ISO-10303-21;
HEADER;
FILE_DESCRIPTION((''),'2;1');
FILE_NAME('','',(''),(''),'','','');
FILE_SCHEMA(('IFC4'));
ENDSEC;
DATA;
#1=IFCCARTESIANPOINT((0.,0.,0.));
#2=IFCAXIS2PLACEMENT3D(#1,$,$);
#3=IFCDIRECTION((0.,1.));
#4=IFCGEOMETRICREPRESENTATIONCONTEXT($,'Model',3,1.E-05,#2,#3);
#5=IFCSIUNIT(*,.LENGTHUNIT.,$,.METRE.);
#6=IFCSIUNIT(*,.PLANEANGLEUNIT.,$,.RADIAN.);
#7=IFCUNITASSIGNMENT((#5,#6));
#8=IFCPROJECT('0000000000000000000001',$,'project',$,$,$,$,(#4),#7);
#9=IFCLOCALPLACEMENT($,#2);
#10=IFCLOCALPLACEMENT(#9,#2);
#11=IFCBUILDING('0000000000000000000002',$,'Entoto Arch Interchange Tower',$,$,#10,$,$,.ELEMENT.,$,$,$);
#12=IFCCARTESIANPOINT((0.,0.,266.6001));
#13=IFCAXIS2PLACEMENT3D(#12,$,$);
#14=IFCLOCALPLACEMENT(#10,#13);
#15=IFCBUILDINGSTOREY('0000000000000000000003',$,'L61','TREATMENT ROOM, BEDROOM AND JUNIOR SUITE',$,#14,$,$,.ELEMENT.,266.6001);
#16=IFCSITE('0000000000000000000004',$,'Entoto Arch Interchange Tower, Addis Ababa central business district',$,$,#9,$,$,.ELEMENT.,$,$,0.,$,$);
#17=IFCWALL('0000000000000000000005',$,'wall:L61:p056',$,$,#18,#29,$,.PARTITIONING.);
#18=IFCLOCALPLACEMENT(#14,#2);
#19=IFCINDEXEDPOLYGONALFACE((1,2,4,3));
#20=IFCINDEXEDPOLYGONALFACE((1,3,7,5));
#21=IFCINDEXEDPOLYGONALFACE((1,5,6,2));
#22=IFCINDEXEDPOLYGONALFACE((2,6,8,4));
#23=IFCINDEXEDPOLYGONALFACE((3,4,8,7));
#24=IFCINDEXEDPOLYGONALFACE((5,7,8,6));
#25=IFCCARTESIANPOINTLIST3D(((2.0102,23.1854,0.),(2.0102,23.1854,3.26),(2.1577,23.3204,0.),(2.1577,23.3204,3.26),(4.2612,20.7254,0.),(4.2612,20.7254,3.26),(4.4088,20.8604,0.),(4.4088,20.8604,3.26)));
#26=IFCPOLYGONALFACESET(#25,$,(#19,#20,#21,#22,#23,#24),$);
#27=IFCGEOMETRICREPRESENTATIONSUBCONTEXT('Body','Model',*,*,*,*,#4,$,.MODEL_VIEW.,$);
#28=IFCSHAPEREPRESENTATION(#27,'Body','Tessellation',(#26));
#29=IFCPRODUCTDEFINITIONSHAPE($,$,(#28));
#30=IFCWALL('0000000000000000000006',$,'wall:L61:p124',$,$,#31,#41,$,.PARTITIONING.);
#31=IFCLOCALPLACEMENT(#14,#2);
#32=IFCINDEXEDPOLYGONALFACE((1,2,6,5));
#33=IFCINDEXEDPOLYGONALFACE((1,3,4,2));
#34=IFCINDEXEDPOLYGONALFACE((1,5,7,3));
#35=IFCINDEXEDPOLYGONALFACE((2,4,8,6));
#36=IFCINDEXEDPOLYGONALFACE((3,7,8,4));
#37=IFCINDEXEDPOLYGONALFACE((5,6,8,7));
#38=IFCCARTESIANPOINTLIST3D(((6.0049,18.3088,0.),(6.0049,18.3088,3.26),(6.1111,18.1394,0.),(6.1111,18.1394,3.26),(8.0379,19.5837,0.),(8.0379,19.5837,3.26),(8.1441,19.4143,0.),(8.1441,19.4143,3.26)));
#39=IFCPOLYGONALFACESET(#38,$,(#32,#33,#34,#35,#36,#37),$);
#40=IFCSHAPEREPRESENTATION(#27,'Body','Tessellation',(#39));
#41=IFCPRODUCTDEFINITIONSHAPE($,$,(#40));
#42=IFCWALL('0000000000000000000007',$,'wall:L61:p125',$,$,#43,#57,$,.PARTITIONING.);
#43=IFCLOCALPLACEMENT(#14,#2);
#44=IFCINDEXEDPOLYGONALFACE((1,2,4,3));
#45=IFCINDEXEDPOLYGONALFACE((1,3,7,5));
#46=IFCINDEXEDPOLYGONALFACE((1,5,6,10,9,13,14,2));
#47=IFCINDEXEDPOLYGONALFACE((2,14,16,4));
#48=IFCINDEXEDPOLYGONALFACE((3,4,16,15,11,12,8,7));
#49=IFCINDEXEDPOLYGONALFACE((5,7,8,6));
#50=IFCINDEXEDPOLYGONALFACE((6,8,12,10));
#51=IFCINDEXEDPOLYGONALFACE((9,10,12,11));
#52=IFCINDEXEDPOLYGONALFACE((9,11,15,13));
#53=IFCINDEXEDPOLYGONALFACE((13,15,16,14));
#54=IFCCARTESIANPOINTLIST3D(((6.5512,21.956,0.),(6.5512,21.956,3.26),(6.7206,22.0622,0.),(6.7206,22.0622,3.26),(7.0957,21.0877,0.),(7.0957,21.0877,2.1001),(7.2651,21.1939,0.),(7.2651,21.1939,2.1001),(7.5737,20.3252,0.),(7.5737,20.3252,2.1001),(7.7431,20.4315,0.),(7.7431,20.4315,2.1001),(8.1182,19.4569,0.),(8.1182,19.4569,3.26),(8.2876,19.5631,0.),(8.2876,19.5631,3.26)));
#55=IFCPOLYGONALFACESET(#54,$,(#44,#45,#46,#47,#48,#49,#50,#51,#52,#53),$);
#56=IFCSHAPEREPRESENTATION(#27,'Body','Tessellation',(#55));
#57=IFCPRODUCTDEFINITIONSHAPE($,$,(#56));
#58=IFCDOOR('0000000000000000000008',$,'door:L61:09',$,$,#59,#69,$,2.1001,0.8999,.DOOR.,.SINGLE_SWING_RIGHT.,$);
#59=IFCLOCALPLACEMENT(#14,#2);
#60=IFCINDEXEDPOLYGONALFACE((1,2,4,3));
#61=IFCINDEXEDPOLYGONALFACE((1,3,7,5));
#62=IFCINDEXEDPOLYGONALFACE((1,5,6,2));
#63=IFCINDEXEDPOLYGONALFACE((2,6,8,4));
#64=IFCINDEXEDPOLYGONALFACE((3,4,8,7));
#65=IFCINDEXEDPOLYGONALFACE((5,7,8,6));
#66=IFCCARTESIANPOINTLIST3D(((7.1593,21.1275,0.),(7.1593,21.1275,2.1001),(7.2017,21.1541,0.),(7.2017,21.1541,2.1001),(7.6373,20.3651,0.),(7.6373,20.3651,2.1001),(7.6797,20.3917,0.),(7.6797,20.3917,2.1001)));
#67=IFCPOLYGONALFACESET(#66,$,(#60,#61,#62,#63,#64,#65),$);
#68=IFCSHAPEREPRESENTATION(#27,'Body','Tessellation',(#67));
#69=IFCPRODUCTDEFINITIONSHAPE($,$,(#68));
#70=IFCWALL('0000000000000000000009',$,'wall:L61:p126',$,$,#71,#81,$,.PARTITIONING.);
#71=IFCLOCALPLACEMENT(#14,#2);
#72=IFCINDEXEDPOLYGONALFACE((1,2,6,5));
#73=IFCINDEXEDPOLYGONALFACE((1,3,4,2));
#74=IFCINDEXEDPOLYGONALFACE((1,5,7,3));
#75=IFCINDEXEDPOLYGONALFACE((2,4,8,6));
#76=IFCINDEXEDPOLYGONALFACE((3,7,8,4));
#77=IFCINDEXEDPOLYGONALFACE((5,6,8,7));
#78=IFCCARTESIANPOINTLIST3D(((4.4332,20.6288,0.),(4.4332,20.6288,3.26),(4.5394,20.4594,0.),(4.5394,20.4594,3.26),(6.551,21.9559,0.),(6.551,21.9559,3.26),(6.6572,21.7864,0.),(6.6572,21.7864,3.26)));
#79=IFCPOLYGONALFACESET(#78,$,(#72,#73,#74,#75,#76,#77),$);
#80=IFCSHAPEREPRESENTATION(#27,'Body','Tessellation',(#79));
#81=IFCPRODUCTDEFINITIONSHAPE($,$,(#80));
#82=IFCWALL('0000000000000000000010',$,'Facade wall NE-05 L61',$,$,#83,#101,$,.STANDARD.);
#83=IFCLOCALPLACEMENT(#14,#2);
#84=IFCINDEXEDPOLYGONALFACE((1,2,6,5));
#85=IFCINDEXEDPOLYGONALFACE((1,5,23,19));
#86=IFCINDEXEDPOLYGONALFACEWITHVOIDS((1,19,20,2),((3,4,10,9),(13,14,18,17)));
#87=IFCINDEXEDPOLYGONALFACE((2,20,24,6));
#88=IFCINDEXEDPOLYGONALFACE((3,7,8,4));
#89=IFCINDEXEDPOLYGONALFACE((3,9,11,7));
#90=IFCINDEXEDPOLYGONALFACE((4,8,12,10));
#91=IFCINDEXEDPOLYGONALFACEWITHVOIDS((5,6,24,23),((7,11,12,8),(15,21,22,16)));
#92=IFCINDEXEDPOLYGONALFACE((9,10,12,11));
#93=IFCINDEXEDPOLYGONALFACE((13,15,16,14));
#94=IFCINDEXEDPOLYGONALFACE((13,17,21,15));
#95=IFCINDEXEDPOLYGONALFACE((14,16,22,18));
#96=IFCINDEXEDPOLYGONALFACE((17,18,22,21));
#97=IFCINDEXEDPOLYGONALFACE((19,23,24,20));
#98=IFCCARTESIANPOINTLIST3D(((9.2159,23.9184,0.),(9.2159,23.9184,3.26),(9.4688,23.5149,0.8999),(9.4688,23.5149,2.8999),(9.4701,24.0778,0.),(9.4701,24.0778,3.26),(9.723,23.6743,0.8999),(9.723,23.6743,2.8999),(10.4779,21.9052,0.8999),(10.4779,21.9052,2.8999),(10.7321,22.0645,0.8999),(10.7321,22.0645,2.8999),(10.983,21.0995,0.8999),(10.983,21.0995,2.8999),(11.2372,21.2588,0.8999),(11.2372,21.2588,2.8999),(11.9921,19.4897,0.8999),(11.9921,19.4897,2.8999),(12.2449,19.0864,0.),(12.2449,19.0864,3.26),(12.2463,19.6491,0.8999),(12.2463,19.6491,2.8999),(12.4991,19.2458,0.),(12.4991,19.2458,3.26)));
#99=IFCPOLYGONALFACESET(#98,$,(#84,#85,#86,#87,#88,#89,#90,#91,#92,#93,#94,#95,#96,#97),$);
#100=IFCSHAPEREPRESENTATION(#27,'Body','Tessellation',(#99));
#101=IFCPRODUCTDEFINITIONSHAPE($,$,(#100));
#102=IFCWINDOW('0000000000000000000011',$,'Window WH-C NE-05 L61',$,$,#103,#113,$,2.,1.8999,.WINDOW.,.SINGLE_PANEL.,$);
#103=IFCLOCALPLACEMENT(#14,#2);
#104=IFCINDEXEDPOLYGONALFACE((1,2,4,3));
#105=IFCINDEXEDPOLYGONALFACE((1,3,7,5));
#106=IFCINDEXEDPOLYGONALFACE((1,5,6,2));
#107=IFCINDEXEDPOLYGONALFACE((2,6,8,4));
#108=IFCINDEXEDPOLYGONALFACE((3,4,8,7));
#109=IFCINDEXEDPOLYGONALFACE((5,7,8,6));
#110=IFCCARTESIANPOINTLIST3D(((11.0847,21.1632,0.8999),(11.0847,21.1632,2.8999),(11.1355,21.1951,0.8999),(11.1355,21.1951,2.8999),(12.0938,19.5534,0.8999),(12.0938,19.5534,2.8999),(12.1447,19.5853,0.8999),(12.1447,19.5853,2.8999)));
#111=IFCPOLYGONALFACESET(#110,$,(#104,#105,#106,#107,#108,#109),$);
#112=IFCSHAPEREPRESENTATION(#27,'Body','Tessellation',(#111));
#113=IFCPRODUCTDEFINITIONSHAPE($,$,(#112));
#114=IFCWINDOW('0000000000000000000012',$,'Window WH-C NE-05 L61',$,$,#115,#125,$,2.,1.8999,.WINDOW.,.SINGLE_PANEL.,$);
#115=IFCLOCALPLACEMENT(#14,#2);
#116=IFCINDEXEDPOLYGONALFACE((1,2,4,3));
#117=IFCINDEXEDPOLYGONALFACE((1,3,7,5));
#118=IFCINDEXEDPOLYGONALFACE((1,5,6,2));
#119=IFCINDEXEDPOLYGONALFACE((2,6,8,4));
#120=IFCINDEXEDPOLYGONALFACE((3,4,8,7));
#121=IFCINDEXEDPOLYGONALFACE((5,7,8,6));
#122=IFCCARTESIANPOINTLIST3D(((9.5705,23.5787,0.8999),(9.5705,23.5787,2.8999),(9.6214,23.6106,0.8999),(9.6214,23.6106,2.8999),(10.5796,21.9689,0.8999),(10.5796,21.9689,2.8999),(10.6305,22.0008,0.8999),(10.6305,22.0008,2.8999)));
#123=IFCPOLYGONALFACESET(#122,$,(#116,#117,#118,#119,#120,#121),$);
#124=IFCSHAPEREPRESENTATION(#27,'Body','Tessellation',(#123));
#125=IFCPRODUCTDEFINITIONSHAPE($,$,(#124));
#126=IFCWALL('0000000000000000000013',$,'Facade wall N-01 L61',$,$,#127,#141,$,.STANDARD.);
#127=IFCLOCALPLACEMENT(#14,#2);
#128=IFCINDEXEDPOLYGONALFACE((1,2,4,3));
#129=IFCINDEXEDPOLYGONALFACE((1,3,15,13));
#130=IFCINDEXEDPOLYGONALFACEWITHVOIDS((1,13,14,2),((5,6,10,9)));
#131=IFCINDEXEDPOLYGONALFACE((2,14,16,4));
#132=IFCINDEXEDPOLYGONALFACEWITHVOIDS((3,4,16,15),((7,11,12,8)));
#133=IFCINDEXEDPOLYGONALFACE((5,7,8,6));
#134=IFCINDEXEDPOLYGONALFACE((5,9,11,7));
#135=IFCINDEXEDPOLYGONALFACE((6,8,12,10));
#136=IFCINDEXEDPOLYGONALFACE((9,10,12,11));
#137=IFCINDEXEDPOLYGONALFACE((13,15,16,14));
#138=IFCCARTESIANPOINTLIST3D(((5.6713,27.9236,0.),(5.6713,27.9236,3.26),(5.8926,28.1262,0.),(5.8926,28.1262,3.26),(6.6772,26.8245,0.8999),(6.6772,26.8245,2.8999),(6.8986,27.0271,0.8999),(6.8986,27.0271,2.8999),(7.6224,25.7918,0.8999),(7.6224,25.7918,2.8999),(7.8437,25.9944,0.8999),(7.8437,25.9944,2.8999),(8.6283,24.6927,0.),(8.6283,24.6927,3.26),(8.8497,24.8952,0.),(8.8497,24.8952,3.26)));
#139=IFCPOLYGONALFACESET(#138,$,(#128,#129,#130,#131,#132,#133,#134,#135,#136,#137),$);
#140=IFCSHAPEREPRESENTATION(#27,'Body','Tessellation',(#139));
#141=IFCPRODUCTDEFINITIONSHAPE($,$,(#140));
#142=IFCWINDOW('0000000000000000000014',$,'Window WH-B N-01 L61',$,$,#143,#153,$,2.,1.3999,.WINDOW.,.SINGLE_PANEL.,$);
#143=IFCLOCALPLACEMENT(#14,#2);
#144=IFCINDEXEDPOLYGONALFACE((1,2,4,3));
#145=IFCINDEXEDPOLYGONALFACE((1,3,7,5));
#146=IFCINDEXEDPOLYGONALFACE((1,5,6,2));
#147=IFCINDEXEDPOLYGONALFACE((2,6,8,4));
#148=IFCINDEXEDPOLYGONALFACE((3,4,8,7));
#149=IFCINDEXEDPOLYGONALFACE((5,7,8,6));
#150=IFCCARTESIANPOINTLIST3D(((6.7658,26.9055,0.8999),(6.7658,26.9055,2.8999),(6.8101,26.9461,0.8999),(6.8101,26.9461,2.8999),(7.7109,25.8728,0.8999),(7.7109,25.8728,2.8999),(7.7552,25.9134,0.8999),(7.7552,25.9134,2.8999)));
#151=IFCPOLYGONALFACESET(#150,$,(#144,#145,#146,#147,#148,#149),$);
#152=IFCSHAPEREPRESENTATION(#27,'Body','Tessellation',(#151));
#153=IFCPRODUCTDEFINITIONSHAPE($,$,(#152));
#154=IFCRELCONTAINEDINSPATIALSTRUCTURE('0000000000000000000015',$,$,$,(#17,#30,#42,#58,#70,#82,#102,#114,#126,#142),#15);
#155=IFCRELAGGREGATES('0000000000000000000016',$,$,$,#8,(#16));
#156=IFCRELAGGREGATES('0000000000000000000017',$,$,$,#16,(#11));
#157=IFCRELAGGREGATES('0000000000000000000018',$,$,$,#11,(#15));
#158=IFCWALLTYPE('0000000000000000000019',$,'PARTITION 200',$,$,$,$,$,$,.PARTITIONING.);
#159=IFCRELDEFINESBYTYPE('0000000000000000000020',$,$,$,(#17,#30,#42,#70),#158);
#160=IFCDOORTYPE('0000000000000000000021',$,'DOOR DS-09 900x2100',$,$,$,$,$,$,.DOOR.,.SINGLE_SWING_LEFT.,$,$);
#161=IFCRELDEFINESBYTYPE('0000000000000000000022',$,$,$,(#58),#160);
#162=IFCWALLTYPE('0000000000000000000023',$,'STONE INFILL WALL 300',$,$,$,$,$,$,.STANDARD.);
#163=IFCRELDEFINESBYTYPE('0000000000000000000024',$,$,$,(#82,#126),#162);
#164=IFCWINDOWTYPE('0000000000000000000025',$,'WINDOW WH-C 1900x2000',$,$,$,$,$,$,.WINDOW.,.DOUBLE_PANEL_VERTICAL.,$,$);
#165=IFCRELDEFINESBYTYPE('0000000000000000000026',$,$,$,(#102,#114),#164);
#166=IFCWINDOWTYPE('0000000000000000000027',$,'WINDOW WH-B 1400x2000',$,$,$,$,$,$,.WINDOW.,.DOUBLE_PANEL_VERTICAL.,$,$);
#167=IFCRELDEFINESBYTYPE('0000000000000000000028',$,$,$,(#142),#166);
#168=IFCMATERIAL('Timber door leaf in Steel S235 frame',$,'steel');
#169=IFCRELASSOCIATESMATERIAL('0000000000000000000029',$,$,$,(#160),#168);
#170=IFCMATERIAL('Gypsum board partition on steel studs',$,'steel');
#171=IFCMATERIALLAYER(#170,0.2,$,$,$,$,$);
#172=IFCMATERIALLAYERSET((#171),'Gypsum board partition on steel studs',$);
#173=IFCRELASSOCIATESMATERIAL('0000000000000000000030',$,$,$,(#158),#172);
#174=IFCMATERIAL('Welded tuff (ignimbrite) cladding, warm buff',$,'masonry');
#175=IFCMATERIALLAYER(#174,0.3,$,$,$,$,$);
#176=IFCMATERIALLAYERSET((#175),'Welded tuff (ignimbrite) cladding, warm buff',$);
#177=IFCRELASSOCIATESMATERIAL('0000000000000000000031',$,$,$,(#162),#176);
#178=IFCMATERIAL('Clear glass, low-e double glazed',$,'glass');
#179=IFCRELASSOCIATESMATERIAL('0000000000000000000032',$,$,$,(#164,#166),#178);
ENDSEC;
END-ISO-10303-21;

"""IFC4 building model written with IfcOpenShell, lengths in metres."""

from ifc_helpers import new_model, si_unit, direction, frame, frame_2d, origin, place, context, subcontext, project, spatial, rectangle, extrude, material, layer, layer_set, type_object, element, fill, save


model = new_model("IFC4")

# Units and contexts
model_context = context("Model", 3, precision=1e-05, world=origin(), true_north=direction((0.0, 1.0)))
body_context = subcontext(model_context, "Body", "Model", "MODEL_VIEW")
ifc_project = project(units=[si_unit("LENGTHUNIT", "METRE"), si_unit("PLANEANGLEUNIT", "RADIAN")], contexts=[model_context])

# Site, building, storey
site_placement = place(None, origin())
site = spatial("IfcSite", under=ifc_project, at=site_placement, Name="Entoto Arch Interchange Tower, Addis Ababa central business district", CompositionType="ELEMENT", RefElevation=0.0)
building_placement = place(site_placement, origin())
building = spatial("IfcBuilding", under=site, at=building_placement, Name="Entoto Arch Interchange Tower", CompositionType="ELEMENT")
storey_placement = place(building_placement, frame((0.0, 0.0, 266.6001)))
storey = spatial("IfcBuildingStorey", under=building, at=storey_placement, Name="L61", Description="TREATMENT ROOM, BEDROOM AND JUNIOR SUITE", CompositionType="ELEMENT", Elevation=266.6001)

# Shared definitions
ifc_material_1 = material(Name="Gypsum board partition on steel studs", Category="steel")
ifc_material_2 = material(Name="Timber door leaf in Steel S235 frame", Category="steel")
door_type_1 = type_object("IfcDoorType", Name="DOOR DS-09 900x2100", OperationType="SINGLE_SWING_LEFT", PredefinedType="DOOR", material=ifc_material_2)

# Shared definitions
ifc_layer_1 = layer(ifc_material_1, 0.2)
ifc_layer_set_1 = layer_set([ifc_layer_1], Name="Gypsum board partition on steel studs")
wall_type_1 = type_object("IfcWallType", Name="PARTITION 200", PredefinedType="PARTITIONING", material=ifc_layer_set_1)

# Walls
wall_1_placement = place(storey_placement, frame((2.084, 23.2529, 0.0), z_axis=(0.0, 0.0, 1.0), x_axis=(0.675075, -0.73775, 0.0)))
element("IfcWall", 1, at=wall_1_placement, inside=storey, type_object=wall_type_1, Name="wall:L61:p056", PredefinedType="PARTITIONING", context=body_context, shape_type="SweptSolid", body=[
    extrude(rectangle(XDim=3.3345, YDim=0.2, at=frame_2d((1.6672, 0.0))), origin(), (0.0, 0.0, 1.0), 3.26),
])
wall_2_placement = place(storey_placement, frame((6.0581, 18.2241, 0.0), z_axis=(0.0, 0.0, 1.0), x_axis=(0.847191, 0.531288, 0.0)))
element("IfcWall", 2, at=wall_2_placement, inside=storey, type_object=wall_type_1, Name="wall:L61:p124", PredefinedType="PARTITIONING", context=body_context, shape_type="SweptSolid", body=[
    extrude(rectangle(XDim=2.3997, YDim=0.2, at=frame_2d((1.1997, 0.0))), origin(), (0.0, 0.0, 1.0), 3.26),
])

# Wall, opening, door
wall_3_placement = place(storey_placement, frame((8.2029, 19.51, 0.0), z_axis=(0.0, 0.0, 1.0), x_axis=(-0.531219, 0.847235, 0.0)))
wall_3 = element("IfcWall", 3, at=wall_3_placement, inside=storey, type_object=wall_type_1, Name="wall:L61:p125", PredefinedType="PARTITIONING", context=body_context, shape_type="SweptSolid", body=[
    extrude(rectangle(XDim=2.9497, YDim=0.2, at=frame_2d((1.4749, 0.0))), origin(), (0.0, 0.0, 1.0), 3.26),
])
opening_1_placement = place(wall_3_placement, frame((1.0249, 0.0, 0.0)))
opening_1 = element("IfcOpeningElement", 4, at=opening_1_placement, cuts=wall_3, PredefinedType="OPENING", context=body_context, shape_type="SweptSolid", body=[
    extrude(rectangle(XDim=0.8999, YDim=2.1001, at=frame_2d((0.45, 1.05))), frame((0.0, 0.1099, 0.0), z_axis=(0.0, -1.0, 0.0), x_axis=(1.0, 0.0, 0.0)), (0.0, 0.0, 1.0), 0.22),
])
door_1_placement = place(opening_1_placement, origin())
door_1 = element("IfcDoor", 5, at=door_1_placement, inside=storey, type_object=door_type_1, Name="door:L61:09", OperationType="SINGLE_SWING_RIGHT", OverallHeight=2.1001, OverallWidth=0.8999, PredefinedType="DOOR", context=body_context, shape_type="SweptSolid", body=[
    extrude(rectangle(XDim=0.8999, YDim=2.1001, at=frame_2d((0.45, 1.05))), frame((0.0, 0.0249, 0.0), z_axis=(0.0, -1.0, 0.0), x_axis=(1.0, 0.0, 0.0)), (0.0, 0.0, 1.0), 0.05),
])
fill(opening_1, door_1)

# Wall
wall_4_placement = place(storey_placement, frame((6.604, 21.8711, 0.0), z_axis=(0.0, 0.0, 1.0), x_axis=(-0.847378, -0.530991, 0.0)))
element("IfcWall", 6, at=wall_4_placement, inside=storey, type_object=wall_type_1, Name="wall:L61:p126", PredefinedType="PARTITIONING", context=body_context, shape_type="SweptSolid", body=[
    extrude(rectangle(XDim=2.4993, YDim=0.2, at=frame_2d((1.2495, 0.0))), origin(), (0.0, 0.0, 1.0), 3.26),
])

# Wall, openings, windows
ifc_material_3 = material(Name="Welded tuff (ignimbrite) cladding, warm buff", Category="masonry")
ifc_layer_2 = layer(ifc_material_3, 0.3)
ifc_layer_set_2 = layer_set([ifc_layer_2], Name="Welded tuff (ignimbrite) cladding, warm buff")
wall_type_2 = type_object("IfcWallType", Name="STONE INFILL WALL 300", PredefinedType="STANDARD", material=ifc_layer_set_2)
wall_5_placement = place(storey_placement, frame((12.3721, 19.166, 0.0), z_axis=(0.0, 0.0, 1.0), x_axis=(-0.531137, 0.847286, 0.0)))
wall_5 = element("IfcWall", 7, at=wall_5_placement, inside=storey, type_object=wall_type_2, Name="Facade wall NE-05 L61", PredefinedType="STANDARD", context=body_context, shape_type="SweptSolid", body=[
    extrude(rectangle(XDim=5.7029, YDim=0.3, at=frame_2d((2.8516, 0.0))), origin(), (0.0, 0.0, 1.0), 3.26),
])
opening_2_placement = place(wall_5_placement, frame((0.4761, 0.0, 0.8999)))
opening_2 = element("IfcOpeningElement", 8, at=opening_2_placement, cuts=wall_5, PredefinedType="OPENING", context=body_context, shape_type="SweptSolid", body=[
    extrude(rectangle(XDim=1.8999, YDim=2.0, at=frame_2d((0.95, 1.0))), frame((0.0, 0.1602, 0.0), z_axis=(0.0, -1.0, 0.0), x_axis=(1.0, 0.0, 0.0)), (0.0, 0.0, 1.0), 0.3201),
])
opening_3_placement = place(wall_5_placement, frame((3.3269, 0.0, 0.8999)))
opening_3 = element("IfcOpeningElement", 9, at=opening_3_placement, cuts=wall_5, PredefinedType="OPENING", context=body_context, shape_type="SweptSolid", body=[
    extrude(rectangle(XDim=1.8999, YDim=2.0, at=frame_2d((0.95, 1.0))), frame((0.0, 0.1602, 0.0), z_axis=(0.0, -1.0, 0.0), x_axis=(1.0, 0.0, 0.0)), (0.0, 0.0, 1.0), 0.3201),
])
ifc_material_4 = material(Name="Clear glass, low-e double glazed", Category="glass")
window_type_1 = type_object("IfcWindowType", Name="WINDOW WH-C 1900x2000", PartitioningType="DOUBLE_PANEL_VERTICAL", PredefinedType="WINDOW", material=ifc_material_4)
window_1_placement = place(opening_2_placement, origin())
window_1 = element("IfcWindow", 10, at=window_1_placement, inside=storey, type_object=window_type_1, Name="Window WH-C NE-05 L61", OverallHeight=2.0, OverallWidth=1.8999, PartitioningType="SINGLE_PANEL", PredefinedType="WINDOW", context=body_context, shape_type="SweptSolid", body=[
    extrude(rectangle(XDim=1.8999, YDim=2.0, at=frame_2d((0.95, 1.0))), frame((0.0, 0.03, 0.0), z_axis=(0.0, -1.0, 0.0), x_axis=(1.0, 0.0, 0.0)), (0.0, 0.0, 1.0), 0.0601),
])
fill(opening_2, window_1)
window_2_placement = place(opening_3_placement, origin())
window_2 = element("IfcWindow", 11, at=window_2_placement, inside=storey, type_object=window_type_1, Name="Window WH-C NE-05 L61", OverallHeight=2.0, OverallWidth=1.8999, PartitioningType="SINGLE_PANEL", PredefinedType="WINDOW", context=body_context, shape_type="SweptSolid", body=[
    extrude(rectangle(XDim=1.8999, YDim=2.0, at=frame_2d((0.95, 1.0))), frame((0.0, 0.03, 0.0), z_axis=(0.0, -1.0, 0.0), x_axis=(1.0, 0.0, 0.0)), (0.0, 0.0, 1.0), 0.0601),
])
fill(opening_3, window_2)

# Wall, opening, window
wall_6_placement = place(storey_placement, frame((8.739, 24.7939, 0.0), z_axis=(0.0, 0.0, 1.0), x_axis=(-0.675144, 0.737686, 0.0)))
wall_6 = element("IfcWall", 12, at=wall_6_placement, inside=storey, type_object=wall_type_2, Name="Facade wall N-01 L61", PredefinedType="STANDARD", context=body_context, shape_type="SweptSolid", body=[
    extrude(rectangle(XDim=4.3799, YDim=0.3, at=frame_2d((2.1899, 0.0))), origin(), (0.0, 0.0, 1.0), 3.26),
])
opening_4_placement = place(wall_6_placement, frame((1.49, 0.0, 0.8999)))
opening_4 = element("IfcOpeningElement", 13, at=opening_4_placement, cuts=wall_6, PredefinedType="OPENING", context=body_context, shape_type="SweptSolid", body=[
    extrude(rectangle(XDim=1.3999, YDim=2.0, at=frame_2d((0.7, 1.0))), frame((0.0, 0.1602, 0.0), z_axis=(0.0, -1.0, 0.0), x_axis=(1.0, 0.0, 0.0)), (0.0, 0.0, 1.0), 0.3201),
])
window_type_2 = type_object("IfcWindowType", Name="WINDOW WH-B 1400x2000", PartitioningType="DOUBLE_PANEL_VERTICAL", PredefinedType="WINDOW", material=ifc_material_4)
window_3_placement = place(opening_4_placement, origin())
window_3 = element("IfcWindow", 14, at=window_3_placement, inside=storey, type_object=window_type_2, Name="Window WH-B N-01 L61", OverallHeight=2.0, OverallWidth=1.3999, PartitioningType="SINGLE_PANEL", PredefinedType="WINDOW", context=body_context, shape_type="SweptSolid", body=[
    extrude(rectangle(XDim=1.3999, YDim=2.0, at=frame_2d((0.7, 1.0))), frame((0.0, 0.03, 0.0), z_axis=(0.0, -1.0, 0.0), x_axis=(1.0, 0.0, 0.0)), (0.0, 0.0, 1.0), 0.0601),
])
fill(opening_4, window_3)

save(model, "model.ifc")
